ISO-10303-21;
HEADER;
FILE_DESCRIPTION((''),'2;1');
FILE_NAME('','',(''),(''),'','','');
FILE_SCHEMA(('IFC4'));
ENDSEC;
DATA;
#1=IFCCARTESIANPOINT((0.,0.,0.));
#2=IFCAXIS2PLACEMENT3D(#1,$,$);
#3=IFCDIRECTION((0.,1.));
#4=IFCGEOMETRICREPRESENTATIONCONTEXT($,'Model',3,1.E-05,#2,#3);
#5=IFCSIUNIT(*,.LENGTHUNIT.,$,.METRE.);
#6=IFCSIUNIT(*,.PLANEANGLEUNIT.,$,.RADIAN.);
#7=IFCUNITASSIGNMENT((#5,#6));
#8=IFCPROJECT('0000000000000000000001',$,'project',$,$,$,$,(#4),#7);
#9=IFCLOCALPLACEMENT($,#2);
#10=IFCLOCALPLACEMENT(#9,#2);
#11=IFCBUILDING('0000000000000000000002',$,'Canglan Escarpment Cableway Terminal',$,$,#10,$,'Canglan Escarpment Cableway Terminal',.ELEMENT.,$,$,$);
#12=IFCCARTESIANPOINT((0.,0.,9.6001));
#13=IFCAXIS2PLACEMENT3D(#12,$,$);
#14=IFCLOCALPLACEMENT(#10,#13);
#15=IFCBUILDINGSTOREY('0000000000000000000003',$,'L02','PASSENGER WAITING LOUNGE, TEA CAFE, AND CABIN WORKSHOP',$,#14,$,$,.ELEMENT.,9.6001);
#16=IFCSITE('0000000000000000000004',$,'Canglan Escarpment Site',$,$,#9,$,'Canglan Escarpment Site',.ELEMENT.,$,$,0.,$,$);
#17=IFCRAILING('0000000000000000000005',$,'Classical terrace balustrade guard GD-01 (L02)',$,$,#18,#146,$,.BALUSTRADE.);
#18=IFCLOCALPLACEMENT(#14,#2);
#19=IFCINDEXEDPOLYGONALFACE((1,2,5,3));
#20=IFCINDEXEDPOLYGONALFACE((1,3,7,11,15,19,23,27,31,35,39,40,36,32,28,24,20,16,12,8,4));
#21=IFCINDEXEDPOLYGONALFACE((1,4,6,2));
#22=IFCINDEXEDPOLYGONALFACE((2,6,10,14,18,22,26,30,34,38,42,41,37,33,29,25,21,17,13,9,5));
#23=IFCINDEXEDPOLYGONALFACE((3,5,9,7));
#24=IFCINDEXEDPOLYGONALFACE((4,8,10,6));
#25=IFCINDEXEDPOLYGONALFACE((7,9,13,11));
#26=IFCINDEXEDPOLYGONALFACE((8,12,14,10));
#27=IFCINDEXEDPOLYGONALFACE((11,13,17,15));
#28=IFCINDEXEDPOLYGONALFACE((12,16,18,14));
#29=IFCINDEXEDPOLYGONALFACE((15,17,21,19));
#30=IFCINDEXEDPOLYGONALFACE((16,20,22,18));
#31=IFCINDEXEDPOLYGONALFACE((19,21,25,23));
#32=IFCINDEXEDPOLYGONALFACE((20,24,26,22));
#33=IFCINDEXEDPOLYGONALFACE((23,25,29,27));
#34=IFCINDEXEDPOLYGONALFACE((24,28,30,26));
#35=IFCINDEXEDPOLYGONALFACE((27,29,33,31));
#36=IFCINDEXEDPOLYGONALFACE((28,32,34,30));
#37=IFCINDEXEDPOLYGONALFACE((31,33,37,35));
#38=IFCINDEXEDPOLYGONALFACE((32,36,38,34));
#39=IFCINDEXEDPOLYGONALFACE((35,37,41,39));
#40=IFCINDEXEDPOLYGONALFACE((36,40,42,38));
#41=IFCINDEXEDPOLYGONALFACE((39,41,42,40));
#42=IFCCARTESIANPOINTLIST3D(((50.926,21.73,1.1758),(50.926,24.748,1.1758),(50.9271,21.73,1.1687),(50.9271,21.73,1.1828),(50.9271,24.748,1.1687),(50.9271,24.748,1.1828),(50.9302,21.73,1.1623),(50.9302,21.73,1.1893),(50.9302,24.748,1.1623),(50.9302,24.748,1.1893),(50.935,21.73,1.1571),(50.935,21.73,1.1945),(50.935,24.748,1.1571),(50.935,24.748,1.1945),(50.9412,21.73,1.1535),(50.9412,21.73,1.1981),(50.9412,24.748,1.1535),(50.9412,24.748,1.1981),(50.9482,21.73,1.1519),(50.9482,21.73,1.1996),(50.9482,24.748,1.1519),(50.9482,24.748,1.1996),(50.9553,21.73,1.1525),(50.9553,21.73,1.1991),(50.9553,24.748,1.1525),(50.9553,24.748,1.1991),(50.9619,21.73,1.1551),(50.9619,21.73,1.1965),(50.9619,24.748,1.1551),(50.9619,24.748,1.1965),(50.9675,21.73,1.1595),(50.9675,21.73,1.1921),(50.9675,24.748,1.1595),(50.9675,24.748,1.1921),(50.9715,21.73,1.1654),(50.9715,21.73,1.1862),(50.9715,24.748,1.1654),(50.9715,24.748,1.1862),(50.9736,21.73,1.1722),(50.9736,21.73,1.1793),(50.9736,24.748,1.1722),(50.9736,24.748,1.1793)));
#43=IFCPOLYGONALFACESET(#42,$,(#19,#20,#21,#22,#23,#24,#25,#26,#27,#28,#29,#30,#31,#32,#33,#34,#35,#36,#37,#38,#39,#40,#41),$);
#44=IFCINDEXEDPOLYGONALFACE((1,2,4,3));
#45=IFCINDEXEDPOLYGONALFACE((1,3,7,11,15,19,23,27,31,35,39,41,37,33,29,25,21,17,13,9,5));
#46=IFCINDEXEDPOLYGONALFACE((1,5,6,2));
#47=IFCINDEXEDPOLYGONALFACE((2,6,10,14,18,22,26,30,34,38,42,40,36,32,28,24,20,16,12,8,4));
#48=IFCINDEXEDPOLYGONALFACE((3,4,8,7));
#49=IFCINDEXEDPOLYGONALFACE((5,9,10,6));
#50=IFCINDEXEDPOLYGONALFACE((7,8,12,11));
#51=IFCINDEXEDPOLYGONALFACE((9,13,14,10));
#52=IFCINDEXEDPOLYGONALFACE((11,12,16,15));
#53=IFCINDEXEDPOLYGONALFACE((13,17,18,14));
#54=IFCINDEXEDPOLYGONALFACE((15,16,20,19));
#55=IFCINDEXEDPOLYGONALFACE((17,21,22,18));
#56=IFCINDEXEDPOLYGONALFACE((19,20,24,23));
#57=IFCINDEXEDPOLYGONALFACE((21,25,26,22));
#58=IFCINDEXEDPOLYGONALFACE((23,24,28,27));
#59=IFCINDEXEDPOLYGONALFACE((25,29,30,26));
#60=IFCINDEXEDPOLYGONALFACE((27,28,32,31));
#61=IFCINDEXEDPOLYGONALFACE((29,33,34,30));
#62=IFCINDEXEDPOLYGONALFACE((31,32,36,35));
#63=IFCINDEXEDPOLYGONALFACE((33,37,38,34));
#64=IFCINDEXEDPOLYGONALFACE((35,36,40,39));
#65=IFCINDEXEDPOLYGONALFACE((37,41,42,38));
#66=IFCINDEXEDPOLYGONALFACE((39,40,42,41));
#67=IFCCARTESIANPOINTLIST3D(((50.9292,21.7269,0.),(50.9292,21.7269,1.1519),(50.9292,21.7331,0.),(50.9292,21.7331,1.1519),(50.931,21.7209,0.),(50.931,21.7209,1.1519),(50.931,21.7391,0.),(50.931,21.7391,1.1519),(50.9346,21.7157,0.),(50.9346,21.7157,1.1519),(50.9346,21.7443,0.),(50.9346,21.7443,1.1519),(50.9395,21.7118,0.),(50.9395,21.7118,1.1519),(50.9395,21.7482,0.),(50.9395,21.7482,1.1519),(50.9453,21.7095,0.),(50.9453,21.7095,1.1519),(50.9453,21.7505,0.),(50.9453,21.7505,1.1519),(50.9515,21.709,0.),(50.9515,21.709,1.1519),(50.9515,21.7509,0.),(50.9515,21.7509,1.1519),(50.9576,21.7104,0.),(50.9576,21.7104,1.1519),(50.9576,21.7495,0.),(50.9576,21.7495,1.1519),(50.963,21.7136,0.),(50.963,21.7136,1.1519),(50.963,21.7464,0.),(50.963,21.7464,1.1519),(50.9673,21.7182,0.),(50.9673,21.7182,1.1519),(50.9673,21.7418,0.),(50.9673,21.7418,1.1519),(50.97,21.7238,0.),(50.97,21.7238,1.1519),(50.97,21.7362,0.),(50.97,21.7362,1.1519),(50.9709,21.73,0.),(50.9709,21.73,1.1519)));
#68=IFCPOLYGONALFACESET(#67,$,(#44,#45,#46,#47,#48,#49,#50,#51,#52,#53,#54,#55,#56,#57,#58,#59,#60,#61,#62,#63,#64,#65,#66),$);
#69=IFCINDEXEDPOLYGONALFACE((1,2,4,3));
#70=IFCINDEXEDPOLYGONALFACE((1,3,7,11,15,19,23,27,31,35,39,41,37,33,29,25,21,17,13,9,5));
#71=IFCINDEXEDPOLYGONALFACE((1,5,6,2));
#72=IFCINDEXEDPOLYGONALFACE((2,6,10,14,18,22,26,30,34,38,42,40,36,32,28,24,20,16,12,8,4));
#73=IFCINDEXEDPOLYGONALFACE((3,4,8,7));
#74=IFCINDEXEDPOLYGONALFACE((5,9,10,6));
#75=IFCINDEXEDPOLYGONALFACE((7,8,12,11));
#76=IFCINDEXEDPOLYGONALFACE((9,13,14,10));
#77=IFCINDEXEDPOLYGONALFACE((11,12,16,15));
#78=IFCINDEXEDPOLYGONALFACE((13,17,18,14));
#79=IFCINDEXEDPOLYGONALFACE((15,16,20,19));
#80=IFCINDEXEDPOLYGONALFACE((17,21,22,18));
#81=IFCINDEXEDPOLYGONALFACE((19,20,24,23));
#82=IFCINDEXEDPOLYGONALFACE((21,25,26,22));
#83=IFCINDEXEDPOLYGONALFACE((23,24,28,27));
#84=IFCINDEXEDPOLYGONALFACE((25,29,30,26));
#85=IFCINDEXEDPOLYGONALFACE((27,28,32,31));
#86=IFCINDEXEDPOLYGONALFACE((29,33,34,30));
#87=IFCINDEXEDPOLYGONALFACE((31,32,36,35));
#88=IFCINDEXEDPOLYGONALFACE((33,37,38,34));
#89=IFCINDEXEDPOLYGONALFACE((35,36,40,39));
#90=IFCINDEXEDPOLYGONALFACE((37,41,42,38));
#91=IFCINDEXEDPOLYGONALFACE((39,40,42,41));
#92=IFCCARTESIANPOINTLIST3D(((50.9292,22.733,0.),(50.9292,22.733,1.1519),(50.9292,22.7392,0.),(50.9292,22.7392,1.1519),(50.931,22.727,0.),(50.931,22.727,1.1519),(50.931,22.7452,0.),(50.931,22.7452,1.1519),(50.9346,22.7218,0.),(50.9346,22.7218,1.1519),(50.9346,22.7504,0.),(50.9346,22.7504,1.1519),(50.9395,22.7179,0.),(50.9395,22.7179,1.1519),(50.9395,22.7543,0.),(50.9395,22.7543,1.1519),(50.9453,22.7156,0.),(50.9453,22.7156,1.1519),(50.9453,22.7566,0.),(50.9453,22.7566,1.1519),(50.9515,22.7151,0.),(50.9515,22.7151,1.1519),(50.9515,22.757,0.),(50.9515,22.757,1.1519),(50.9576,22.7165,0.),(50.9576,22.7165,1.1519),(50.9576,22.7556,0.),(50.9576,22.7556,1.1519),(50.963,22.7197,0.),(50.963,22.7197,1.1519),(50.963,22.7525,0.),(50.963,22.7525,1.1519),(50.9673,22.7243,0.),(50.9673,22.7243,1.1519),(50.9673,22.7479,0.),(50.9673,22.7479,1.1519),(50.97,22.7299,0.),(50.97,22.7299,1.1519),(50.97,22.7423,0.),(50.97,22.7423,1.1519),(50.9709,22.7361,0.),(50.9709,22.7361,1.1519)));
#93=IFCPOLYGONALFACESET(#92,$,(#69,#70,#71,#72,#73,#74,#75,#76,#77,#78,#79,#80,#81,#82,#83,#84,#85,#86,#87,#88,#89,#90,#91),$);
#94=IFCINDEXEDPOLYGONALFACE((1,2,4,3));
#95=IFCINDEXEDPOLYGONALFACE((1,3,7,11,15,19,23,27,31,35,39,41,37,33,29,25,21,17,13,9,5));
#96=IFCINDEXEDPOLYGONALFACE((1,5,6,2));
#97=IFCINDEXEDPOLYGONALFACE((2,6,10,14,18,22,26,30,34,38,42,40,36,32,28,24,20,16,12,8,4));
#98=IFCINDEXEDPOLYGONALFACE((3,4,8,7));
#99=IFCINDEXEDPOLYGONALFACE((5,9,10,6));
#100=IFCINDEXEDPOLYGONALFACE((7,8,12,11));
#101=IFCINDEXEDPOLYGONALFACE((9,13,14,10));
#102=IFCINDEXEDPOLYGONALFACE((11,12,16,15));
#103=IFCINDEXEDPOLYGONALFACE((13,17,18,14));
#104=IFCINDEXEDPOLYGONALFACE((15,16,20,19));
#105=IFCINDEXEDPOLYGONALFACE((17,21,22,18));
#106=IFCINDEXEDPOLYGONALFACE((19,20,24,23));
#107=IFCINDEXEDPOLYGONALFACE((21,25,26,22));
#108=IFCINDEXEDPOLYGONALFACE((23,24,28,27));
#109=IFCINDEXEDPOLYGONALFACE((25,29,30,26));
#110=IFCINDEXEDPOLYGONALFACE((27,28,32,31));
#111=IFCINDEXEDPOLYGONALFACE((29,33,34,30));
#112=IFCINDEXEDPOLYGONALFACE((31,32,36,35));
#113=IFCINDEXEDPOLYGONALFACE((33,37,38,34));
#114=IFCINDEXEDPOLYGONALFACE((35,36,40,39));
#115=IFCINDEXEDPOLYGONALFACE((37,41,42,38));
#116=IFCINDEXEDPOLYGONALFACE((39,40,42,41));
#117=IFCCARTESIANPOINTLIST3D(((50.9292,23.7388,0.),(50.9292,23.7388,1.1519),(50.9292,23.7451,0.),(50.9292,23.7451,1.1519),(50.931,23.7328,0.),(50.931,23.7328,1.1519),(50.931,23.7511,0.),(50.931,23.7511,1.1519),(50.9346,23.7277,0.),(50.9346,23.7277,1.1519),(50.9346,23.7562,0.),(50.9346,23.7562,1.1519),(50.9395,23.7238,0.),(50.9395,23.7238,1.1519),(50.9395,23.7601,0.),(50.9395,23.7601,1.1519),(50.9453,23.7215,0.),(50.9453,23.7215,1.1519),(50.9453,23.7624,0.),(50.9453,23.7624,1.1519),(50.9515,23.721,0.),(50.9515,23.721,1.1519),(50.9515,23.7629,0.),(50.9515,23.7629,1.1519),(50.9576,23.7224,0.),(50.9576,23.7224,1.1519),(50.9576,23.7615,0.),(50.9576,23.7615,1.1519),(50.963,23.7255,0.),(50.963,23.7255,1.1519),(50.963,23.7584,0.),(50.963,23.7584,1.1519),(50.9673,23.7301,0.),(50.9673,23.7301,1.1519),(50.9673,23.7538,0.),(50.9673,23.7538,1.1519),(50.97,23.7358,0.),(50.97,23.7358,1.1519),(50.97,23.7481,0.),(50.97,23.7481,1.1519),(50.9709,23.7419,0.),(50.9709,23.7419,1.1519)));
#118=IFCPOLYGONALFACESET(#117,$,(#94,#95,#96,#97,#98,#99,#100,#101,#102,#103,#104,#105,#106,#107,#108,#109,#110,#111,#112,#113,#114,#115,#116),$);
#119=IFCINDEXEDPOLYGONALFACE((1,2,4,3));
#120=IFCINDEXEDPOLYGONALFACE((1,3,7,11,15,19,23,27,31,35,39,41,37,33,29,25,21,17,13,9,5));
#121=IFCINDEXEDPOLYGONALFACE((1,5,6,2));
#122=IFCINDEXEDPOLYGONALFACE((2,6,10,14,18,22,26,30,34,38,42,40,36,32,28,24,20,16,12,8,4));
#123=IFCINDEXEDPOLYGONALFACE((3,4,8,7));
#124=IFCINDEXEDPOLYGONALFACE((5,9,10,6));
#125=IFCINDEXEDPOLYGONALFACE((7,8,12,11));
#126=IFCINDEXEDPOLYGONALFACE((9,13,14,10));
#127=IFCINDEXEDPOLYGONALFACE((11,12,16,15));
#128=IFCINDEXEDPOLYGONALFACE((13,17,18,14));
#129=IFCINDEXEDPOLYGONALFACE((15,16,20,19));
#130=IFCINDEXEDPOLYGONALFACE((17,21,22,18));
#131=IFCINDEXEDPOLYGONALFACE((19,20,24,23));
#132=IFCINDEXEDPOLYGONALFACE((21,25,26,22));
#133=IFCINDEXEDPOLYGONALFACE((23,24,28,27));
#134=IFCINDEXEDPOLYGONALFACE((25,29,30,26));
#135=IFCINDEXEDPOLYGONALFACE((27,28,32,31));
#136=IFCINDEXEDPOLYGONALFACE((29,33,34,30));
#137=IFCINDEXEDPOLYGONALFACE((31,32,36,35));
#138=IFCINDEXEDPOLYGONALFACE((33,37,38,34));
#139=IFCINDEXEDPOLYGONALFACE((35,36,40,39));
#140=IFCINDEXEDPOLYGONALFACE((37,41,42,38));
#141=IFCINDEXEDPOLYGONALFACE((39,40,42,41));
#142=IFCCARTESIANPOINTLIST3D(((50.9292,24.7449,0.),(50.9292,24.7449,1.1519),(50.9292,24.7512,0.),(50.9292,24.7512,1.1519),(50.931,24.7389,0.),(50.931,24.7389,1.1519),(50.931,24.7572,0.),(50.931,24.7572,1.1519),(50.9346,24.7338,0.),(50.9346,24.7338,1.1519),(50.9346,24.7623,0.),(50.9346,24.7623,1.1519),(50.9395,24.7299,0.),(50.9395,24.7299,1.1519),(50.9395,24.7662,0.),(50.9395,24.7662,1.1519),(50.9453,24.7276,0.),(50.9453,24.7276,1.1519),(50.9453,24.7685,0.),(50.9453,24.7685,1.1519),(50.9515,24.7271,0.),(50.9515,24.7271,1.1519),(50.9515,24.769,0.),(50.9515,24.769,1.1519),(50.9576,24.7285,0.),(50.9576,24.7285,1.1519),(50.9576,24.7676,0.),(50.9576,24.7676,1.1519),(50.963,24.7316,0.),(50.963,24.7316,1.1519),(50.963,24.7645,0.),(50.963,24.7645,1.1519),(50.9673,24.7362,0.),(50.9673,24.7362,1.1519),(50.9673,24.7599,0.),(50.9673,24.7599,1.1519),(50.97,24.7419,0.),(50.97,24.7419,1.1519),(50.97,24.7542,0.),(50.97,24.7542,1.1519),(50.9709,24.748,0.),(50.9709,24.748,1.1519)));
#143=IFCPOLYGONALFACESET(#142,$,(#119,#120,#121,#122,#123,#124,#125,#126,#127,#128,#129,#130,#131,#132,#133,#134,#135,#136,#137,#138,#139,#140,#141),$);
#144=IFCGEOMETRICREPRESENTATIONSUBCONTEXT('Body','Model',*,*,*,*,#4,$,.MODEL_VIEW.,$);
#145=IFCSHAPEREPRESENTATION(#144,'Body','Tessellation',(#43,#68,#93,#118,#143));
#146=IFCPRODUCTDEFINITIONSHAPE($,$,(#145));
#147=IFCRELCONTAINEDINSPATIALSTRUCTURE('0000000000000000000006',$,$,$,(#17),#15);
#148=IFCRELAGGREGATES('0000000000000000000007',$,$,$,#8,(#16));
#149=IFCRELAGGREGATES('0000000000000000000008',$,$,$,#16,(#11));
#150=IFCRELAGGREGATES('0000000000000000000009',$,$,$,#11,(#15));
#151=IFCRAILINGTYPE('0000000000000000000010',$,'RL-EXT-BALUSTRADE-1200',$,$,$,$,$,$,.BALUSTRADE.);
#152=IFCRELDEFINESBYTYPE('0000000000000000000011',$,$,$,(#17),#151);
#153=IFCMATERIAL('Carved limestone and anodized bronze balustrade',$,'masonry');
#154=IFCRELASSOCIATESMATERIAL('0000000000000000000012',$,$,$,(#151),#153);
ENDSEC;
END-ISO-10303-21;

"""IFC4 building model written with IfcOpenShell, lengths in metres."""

from ifc_helpers import new_model, si_unit, direction, frame, origin, origin_2d, place, context, subcontext, project, spatial, circle, extrude, material, type_object, element, save


model = new_model("IFC4")

# Units and contexts
model_context = context("Model", 3, precision=1e-05, world=origin(), true_north=direction((0.0, 1.0)))
body_context = subcontext(model_context, "Body", "Model", "MODEL_VIEW")
ifc_project = project(units=[si_unit("LENGTHUNIT", "METRE"), si_unit("PLANEANGLEUNIT", "RADIAN")], contexts=[model_context])

# Site, building, storey
site_placement = place(None, origin())
site = spatial("IfcSite", under=ifc_project, at=site_placement, Name="Canglan Escarpment Site", LongName="Canglan Escarpment Site", CompositionType="ELEMENT", RefElevation=0.0)
building_placement = place(site_placement, origin())
building = spatial("IfcBuilding", under=site, at=building_placement, Name="Canglan Escarpment Cableway Terminal", LongName="Canglan Escarpment Cableway Terminal", CompositionType="ELEMENT")
storey_placement = place(building_placement, frame((0.0, 0.0, 9.6001)))
storey = spatial("IfcBuildingStorey", under=building, at=storey_placement, Name="L02", Description="PASSENGER WAITING LOUNGE, TEA CAFE, AND CABIN WORKSHOP", CompositionType="ELEMENT", Elevation=9.6001)

# Railing
ifc_material_1 = material(Name="Carved limestone and anodized bronze balustrade", Category="masonry")
railing_type = type_object("IfcRailingType", Name="RL-EXT-BALUSTRADE-1200", PredefinedType="BALUSTRADE", material=ifc_material_1)
railing_1_placement = place(storey_placement, frame((50.95, 21.73, 0.0)))
element("IfcRailing", 1, at=railing_1_placement, inside=storey, type_object=railing_type, Name="Classical terrace balustrade guard GD-01 (L02)", PredefinedType="BALUSTRADE", context=body_context, shape_type="SweptSolid", body=[
    extrude(circle(Radius=0.0239, at=origin_2d()), frame((0.0, 0.0, 1.1758), z_axis=(0.0, 1.0, 0.0), x_axis=(-1.0, 0.0, 0.0)), (0.0, 0.0, 1.0), 3.0181),
    extrude(circle(Radius=0.021, at=origin_2d()), origin(), (0.0, 0.0, 1.0), 1.1519),
    extrude(circle(Radius=0.021, at=origin_2d()), frame((0.0, 1.0061, 0.0)), (0.0, 0.0, 1.0), 1.1519),
    extrude(circle(Radius=0.021, at=origin_2d()), frame((0.0, 2.012, 0.0)), (0.0, 0.0, 1.0), 1.1519),
    extrude(circle(Radius=0.021, at=origin_2d()), frame((0.0, 3.0181, 0.0)), (0.0, 0.0, 1.0), 1.1519),
])

save(model, "model.ifc")
